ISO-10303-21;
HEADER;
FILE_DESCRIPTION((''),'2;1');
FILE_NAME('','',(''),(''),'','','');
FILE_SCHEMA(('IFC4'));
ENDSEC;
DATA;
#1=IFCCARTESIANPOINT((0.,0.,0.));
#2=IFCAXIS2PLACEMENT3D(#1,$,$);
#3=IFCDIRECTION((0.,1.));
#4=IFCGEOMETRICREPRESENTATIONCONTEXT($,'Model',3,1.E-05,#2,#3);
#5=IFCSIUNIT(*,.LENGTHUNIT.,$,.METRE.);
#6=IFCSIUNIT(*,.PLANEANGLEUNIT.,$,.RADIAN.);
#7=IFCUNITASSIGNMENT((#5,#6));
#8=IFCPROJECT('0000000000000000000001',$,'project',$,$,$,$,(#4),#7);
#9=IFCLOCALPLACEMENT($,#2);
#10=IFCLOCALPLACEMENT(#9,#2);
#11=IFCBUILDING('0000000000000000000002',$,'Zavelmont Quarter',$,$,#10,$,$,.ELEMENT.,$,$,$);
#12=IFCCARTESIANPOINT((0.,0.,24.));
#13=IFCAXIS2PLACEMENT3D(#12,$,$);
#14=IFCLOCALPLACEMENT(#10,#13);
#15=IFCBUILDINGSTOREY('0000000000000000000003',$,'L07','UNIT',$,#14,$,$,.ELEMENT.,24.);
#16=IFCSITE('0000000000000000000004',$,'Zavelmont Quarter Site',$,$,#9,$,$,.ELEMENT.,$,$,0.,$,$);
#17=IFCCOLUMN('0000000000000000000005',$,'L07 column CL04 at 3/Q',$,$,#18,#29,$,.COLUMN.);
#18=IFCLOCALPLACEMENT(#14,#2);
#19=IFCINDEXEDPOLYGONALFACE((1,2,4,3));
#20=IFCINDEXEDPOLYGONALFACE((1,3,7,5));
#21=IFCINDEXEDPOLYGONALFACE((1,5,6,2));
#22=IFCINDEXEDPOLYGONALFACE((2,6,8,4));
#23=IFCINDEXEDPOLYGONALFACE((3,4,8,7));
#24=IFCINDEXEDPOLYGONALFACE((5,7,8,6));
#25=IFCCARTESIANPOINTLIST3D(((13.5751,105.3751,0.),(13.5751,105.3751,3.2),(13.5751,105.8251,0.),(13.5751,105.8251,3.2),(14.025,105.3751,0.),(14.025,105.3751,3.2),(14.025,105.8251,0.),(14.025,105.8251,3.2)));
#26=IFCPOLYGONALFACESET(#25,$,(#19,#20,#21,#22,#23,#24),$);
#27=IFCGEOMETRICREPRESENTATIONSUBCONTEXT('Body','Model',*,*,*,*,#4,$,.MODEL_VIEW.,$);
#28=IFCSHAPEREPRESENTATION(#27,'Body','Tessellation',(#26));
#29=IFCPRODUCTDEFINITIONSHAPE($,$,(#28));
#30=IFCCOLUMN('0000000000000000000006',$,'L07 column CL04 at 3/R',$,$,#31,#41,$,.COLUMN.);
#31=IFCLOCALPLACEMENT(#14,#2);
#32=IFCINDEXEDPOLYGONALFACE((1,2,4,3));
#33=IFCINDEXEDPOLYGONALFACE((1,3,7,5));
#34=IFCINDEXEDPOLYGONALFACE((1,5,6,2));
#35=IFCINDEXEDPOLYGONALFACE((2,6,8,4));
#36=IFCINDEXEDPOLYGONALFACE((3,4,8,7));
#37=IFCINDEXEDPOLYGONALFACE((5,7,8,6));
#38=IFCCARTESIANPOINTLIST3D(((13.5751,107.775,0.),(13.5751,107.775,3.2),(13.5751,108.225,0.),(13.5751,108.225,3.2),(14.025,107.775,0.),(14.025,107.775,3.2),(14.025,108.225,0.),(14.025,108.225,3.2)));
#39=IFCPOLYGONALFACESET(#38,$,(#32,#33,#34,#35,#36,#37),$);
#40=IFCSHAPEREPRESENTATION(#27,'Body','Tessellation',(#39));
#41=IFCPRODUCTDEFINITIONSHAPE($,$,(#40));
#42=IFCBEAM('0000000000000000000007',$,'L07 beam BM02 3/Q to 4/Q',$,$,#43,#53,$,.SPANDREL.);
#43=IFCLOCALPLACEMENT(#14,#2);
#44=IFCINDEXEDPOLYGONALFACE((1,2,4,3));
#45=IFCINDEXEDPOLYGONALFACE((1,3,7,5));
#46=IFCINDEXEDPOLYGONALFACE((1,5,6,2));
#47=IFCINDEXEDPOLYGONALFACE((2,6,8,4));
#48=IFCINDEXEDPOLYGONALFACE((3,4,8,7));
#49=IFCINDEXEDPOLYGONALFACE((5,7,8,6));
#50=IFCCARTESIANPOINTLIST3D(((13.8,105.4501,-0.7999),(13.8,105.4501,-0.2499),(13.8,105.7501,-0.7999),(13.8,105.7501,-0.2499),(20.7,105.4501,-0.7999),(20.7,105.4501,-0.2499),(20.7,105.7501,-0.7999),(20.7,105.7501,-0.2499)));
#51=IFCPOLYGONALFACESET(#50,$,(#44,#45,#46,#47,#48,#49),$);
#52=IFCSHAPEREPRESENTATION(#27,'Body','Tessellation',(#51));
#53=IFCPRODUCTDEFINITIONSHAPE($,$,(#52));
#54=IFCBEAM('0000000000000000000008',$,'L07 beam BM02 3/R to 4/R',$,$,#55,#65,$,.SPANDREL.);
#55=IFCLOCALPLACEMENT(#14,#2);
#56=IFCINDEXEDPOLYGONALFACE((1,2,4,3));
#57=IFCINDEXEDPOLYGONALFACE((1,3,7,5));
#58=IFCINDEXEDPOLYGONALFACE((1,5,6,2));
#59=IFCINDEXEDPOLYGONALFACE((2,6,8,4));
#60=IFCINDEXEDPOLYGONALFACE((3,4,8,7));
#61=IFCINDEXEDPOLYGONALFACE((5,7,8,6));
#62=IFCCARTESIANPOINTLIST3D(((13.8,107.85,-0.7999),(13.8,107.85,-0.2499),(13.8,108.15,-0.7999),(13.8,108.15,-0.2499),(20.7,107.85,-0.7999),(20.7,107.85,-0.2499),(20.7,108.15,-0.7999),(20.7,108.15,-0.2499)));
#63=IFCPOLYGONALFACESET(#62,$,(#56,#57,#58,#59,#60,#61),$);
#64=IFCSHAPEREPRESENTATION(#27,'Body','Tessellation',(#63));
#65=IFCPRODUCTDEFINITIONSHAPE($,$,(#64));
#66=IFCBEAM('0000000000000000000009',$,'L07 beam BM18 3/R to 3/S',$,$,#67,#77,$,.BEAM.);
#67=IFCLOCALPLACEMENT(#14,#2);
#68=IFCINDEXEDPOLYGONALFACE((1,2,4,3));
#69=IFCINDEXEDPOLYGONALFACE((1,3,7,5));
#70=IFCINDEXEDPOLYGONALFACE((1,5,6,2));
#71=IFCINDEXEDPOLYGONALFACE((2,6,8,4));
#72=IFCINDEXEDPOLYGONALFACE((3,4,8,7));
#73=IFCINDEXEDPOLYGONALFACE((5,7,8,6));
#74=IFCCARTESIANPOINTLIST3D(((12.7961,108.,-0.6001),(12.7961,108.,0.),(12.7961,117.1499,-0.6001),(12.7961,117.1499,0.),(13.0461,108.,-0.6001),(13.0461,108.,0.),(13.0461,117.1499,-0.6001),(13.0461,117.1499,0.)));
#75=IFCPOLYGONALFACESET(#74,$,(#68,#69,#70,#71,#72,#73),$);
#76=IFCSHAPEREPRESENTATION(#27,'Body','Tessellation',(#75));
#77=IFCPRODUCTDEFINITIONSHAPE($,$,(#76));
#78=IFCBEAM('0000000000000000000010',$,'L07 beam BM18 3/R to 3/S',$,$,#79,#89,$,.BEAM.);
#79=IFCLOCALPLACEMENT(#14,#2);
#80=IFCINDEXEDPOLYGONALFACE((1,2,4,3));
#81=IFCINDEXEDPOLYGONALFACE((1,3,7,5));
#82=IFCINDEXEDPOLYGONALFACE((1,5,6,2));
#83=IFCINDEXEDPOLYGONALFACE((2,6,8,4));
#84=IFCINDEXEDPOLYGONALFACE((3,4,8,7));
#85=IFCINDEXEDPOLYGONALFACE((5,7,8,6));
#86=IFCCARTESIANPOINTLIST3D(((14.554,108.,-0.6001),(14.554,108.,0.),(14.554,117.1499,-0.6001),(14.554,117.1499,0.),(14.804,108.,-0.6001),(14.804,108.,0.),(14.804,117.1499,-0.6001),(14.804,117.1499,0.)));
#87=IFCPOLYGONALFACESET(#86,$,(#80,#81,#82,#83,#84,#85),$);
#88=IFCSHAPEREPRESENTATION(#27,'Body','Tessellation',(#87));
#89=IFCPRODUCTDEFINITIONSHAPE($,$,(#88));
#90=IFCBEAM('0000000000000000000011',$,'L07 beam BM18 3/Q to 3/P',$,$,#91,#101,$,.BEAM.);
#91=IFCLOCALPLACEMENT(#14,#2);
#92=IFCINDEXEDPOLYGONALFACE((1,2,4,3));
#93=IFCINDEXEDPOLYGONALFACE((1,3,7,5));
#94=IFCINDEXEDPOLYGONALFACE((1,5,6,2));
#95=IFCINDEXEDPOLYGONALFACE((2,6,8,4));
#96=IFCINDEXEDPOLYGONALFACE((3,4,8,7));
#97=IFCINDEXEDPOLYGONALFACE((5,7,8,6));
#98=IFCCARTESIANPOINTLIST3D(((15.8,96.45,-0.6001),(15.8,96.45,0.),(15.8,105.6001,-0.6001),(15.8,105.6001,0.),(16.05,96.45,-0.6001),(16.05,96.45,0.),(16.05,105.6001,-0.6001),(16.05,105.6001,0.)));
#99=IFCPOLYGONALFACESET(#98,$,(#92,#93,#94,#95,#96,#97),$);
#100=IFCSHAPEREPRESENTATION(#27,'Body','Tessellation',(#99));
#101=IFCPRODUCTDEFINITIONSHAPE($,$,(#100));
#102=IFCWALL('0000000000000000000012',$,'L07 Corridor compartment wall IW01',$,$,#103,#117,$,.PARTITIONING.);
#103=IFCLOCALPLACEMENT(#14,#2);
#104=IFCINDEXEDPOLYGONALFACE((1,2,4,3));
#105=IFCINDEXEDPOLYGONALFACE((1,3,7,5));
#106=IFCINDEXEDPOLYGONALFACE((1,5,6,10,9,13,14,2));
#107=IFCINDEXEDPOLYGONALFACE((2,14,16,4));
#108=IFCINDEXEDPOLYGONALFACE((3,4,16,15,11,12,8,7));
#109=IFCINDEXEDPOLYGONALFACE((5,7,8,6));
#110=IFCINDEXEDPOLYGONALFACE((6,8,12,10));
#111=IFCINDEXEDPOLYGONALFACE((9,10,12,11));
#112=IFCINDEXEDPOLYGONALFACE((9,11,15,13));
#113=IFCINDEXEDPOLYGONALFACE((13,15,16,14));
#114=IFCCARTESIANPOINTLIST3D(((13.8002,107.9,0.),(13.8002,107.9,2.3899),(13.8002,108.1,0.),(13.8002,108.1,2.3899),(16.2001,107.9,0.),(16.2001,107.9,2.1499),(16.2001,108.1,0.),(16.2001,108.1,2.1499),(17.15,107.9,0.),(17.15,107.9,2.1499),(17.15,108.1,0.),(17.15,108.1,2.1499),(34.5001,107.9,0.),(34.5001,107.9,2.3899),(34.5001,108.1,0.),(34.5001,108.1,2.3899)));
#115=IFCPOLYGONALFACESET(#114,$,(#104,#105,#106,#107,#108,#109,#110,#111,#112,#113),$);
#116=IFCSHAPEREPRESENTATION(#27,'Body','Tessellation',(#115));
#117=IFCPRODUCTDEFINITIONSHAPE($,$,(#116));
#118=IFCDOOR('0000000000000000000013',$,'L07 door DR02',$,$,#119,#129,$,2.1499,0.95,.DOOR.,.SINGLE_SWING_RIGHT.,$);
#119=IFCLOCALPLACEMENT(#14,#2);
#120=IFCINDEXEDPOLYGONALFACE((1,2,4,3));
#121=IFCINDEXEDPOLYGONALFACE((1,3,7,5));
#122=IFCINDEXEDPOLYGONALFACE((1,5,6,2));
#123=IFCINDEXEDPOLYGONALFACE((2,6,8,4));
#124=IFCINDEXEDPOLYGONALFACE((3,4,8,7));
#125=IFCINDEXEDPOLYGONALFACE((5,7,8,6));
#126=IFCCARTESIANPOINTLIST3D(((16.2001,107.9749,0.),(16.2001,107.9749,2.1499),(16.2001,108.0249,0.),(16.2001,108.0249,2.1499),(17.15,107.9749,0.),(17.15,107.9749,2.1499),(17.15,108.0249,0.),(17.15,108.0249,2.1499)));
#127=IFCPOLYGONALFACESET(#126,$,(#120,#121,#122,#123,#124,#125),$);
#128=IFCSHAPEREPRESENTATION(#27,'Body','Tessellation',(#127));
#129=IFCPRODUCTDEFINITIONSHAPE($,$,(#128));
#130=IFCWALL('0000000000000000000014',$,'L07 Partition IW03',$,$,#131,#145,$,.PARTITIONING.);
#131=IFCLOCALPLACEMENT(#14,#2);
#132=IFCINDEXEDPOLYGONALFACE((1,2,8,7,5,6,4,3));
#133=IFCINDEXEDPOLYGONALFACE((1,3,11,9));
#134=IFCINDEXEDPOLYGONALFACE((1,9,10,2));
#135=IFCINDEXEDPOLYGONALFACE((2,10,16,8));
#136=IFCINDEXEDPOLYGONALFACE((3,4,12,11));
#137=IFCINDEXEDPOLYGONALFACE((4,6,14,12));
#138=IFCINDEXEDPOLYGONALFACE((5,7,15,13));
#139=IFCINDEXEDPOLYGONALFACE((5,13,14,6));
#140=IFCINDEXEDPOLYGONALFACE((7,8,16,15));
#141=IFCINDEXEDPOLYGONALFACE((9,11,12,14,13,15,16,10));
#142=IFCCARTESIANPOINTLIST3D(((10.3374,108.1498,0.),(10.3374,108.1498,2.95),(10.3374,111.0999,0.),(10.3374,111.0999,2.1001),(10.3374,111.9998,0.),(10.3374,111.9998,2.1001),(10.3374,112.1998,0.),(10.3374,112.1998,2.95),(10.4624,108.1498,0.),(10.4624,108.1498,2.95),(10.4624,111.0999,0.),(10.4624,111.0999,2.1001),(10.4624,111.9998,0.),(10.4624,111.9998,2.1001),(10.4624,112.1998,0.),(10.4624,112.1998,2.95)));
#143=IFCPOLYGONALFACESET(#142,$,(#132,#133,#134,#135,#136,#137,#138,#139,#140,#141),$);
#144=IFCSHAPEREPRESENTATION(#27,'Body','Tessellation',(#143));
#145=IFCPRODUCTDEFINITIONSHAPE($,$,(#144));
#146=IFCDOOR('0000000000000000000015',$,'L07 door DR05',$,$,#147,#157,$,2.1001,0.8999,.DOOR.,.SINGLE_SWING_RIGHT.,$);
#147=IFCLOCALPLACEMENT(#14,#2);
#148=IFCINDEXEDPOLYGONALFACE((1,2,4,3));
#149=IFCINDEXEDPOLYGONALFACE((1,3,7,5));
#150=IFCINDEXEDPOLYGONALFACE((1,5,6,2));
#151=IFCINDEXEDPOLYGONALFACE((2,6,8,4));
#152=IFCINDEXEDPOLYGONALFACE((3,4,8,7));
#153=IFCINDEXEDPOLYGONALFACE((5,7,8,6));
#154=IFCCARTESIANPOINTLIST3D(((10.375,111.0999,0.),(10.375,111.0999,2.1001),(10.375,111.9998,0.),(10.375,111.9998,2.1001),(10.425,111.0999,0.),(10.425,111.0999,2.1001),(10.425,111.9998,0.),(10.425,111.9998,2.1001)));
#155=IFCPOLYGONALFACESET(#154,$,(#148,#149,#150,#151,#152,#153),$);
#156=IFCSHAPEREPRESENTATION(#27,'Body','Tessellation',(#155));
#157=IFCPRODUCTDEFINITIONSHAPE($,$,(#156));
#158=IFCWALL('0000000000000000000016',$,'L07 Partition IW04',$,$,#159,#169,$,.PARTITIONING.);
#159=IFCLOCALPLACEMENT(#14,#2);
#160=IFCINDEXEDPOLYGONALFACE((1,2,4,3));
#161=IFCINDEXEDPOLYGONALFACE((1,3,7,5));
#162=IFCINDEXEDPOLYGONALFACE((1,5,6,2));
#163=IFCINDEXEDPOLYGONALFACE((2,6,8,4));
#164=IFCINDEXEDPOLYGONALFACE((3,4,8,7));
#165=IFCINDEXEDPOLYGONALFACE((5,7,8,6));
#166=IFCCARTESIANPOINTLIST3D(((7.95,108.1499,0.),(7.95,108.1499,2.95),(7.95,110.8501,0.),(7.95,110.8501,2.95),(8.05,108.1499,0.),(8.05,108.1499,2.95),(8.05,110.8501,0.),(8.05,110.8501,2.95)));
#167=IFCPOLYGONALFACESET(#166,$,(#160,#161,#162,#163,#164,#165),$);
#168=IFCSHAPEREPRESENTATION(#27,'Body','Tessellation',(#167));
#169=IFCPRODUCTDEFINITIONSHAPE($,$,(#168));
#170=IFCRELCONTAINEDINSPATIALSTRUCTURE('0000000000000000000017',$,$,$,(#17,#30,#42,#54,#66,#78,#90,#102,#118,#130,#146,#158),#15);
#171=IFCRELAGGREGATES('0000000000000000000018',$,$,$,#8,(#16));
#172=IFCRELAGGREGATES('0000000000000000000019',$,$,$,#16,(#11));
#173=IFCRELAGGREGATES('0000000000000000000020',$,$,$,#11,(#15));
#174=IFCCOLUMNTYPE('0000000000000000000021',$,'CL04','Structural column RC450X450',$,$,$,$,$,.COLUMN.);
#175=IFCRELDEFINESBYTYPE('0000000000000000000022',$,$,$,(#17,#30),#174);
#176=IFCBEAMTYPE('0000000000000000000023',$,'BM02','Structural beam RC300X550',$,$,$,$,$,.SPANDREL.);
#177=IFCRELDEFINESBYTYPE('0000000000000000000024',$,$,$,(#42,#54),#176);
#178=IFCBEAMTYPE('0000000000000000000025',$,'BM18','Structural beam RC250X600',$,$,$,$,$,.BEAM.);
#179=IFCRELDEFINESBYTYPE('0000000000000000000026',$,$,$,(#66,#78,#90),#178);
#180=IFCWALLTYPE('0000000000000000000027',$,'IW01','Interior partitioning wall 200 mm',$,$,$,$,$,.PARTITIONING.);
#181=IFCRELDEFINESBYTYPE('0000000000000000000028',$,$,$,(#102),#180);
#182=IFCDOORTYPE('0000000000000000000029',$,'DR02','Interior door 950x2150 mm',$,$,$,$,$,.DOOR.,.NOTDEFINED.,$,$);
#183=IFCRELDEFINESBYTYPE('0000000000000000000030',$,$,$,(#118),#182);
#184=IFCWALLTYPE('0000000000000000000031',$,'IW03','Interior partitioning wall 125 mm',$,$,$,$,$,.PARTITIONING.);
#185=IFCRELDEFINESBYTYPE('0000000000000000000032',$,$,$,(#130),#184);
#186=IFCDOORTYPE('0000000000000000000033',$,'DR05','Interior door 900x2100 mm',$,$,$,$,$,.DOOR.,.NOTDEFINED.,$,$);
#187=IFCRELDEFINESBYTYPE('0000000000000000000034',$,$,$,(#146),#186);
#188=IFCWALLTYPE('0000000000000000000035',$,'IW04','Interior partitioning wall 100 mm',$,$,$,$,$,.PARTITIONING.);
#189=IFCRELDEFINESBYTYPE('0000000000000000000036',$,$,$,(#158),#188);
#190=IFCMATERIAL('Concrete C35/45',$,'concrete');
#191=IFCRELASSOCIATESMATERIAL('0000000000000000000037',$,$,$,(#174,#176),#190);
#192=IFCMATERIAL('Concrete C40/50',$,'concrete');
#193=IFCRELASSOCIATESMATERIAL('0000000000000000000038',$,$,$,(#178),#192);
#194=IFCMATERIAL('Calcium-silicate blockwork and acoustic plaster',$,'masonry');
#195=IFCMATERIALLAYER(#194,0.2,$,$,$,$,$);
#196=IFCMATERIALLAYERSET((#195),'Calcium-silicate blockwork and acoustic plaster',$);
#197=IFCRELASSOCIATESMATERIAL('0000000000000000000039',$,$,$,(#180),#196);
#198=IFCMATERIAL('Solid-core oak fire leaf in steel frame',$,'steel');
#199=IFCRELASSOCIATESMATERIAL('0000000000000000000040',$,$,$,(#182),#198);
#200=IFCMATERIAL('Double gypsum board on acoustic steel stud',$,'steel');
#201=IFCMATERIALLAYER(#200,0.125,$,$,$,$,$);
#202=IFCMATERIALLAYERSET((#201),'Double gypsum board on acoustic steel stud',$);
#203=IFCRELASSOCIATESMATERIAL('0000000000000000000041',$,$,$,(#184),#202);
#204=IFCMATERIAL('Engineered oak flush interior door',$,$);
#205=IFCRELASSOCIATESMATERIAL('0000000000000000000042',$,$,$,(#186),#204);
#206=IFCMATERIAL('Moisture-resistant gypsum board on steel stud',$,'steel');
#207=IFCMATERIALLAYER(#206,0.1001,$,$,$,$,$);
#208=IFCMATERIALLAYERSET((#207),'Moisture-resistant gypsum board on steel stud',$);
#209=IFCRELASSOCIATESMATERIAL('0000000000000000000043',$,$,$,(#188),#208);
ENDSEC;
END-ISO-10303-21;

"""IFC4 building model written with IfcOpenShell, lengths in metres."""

from ifc_helpers import new_model, si_unit, direction, frame, frame_2d, origin, origin_with_axes, origin_2d, place, context, subcontext, project, spatial, rectangle, extrude, material, layer, layer_set, material_profile, profile_set, type_object, element, fill, save


model = new_model("IFC4")

# Units and contexts
model_context = context("Model", 3, precision=1e-05, world=origin(), true_north=direction((0.0, 1.0)))
body_context = subcontext(model_context, "Body", "Model", "MODEL_VIEW")
ifc_project = project(units=[si_unit("LENGTHUNIT", "METRE"), si_unit("PLANEANGLEUNIT", "RADIAN")], contexts=[model_context])

# Site, building, storey
site_placement = place(None, origin())
site = spatial("IfcSite", under=ifc_project, at=site_placement, Name="Zavelmont Quarter Site", CompositionType="ELEMENT", RefElevation=0.0)
building_placement = place(site_placement, origin())
building = spatial("IfcBuilding", under=site, at=building_placement, Name="Zavelmont Quarter", CompositionType="ELEMENT")
storey_placement = place(building_placement, frame((0.0, 0.0, 24.0)))
storey = spatial("IfcBuildingStorey", under=building, at=storey_placement, Name="L07", Description="UNIT", CompositionType="ELEMENT", Elevation=24.0)

# Columns
ifc_material_1 = material(Name="Concrete C35/45", Category="concrete")
ifc_material_profile_1 = material_profile(ifc_material_1, rectangle(XDim=0.45, YDim=0.45, at=origin_2d()), Name="RC450X450")
ifc_profile_set_1 = profile_set([ifc_material_profile_1], Name="Concrete C35/45")
column_type = type_object("IfcColumnType", Name="CL04", Description="Structural column RC450X450", PredefinedType="COLUMN", material=ifc_profile_set_1)
for number, where, z_axis, x_axis, name in (
    (1, (13.8, 105.6001, 0.0), (0.0, 0.0, 1.0), (1.0, 0.0, 0.0), "L07 column CL04 at 3/Q"),
    (2, (13.8, 108.0, 0.0), (0.0, 0.0, 1.0), (1.0, 0.0, 0.0), "L07 column CL04 at 3/R"),
):
    element("IfcColumn", number, at=place(storey_placement, frame(where, z_axis=z_axis, x_axis=x_axis)), inside=storey, type_object=column_type, Name=name, PredefinedType="COLUMN", context=body_context, shape_type="SweptSolid", body=[
        extrude(rectangle(XDim=0.45, YDim=0.45, at=origin_2d()), origin(), (0.0, 0.0, 1.0), 3.2),
    ])

# Beams
ifc_material_profile_2 = material_profile(ifc_material_1, rectangle(XDim=0.3, YDim=0.55, at=origin_2d()), Name="RC300X550")
ifc_profile_set_2 = profile_set([ifc_material_profile_2], Name="Concrete C35/45")
beam_type_1 = type_object("IfcBeamType", Name="BM02", Description="Structural beam RC300X550", PredefinedType="SPANDREL", material=ifc_profile_set_2)
for number, where, z_axis, x_axis, name in (
    (3, (13.8, 105.6001, -0.5249), (1.0, 0.0, 0.0), (0.0, 1.0, 0.0), "L07 beam BM02 3/Q to 4/Q"),
    (4, (13.8, 108.0, -0.5249), (1.0, 0.0, 0.0), (0.0, 1.0, 0.0), "L07 beam BM02 3/R to 4/R"),
):
    element("IfcBeam", number, at=place(storey_placement, frame(where, z_axis=z_axis, x_axis=x_axis)), inside=storey, type_object=beam_type_1, Name=name, PredefinedType="SPANDREL", context=body_context, shape_type="SweptSolid", body=[
        extrude(rectangle(XDim=0.3, YDim=0.55, at=origin_2d()), origin(), (0.0, 0.0, 1.0), 6.8999),
    ])
ifc_material_2 = material(Name="Concrete C40/50", Category="concrete")
ifc_material_profile_3 = material_profile(ifc_material_2, rectangle(XDim=0.25, YDim=0.6001, at=origin_2d()), Name="RC250X600")
ifc_profile_set_3 = profile_set([ifc_material_profile_3], Name="Concrete C40/50")
beam_type_2 = type_object("IfcBeamType", Name="BM18", Description="Structural beam RC250X600", PredefinedType="BEAM", material=ifc_profile_set_3)
for number, where, z_axis, x_axis, name in (
    (5, (12.9211, 108.0, -0.3), (0.0, 1.0, 0.0), (-1.0, 0.0, 0.0), "L07 beam BM18 3/R to 3/S"),
    (6, (14.679, 108.0, -0.3), (0.0, 1.0, 0.0), (-1.0, 0.0, 0.0), "L07 beam BM18 3/R to 3/S"),
):
    element("IfcBeam", number, at=place(storey_placement, frame(where, z_axis=z_axis, x_axis=x_axis)), inside=storey, type_object=beam_type_2, Name=name, PredefinedType="BEAM", context=body_context, shape_type="SweptSolid", body=[
        extrude(rectangle(XDim=0.25, YDim=0.6001, at=origin_2d()), origin(), (0.0, 0.0, 1.0), 9.1499),
    ])
beam_placement = place(storey_placement, frame((15.925, 105.6001, -0.3), z_axis=(0.0, -1.0, 0.0), x_axis=(1.0, 0.0, 0.0)))
element("IfcBeam", 7, at=beam_placement, inside=storey, type_object=beam_type_2, Name="L07 beam BM18 3/Q to 3/P", PredefinedType="BEAM", context=body_context, shape_type="SweptSolid", body=[
    extrude(rectangle(XDim=0.25, YDim=0.6001, at=origin_2d()), origin(), (0.0, 0.0, 1.0), 9.1501),
])

# Wall, opening, door
ifc_material_3 = material(Name="Calcium-silicate blockwork and acoustic plaster", Category="masonry")
ifc_layer_1 = layer(ifc_material_3, 0.2)
ifc_layer_set_1 = layer_set([ifc_layer_1], Name="Calcium-silicate blockwork and acoustic plaster")
wall_type_1 = type_object("IfcWallType", Name="IW01", Description="Interior partitioning wall 200 mm", PredefinedType="PARTITIONING", material=ifc_layer_set_1)
wall_1_placement = place(storey_placement, frame((13.8, 108.0, 0.0), z_axis=(0.0, 0.0, 1.0), x_axis=(1.0, 0.0, 0.0)))
wall_1 = element("IfcWall", 8, at=wall_1_placement, inside=storey, type_object=wall_type_1, Name="L07 Corridor compartment wall IW01", PredefinedType="PARTITIONING", context=body_context, shape_type="SweptSolid", body=[
    extrude(rectangle(XDim=20.7, YDim=0.2, at=frame_2d((10.3501, 0.0))), origin(), (0.0, 0.0, 1.0), 2.3899),
])
opening_1_placement = place(wall_1_placement, frame((2.3999, 0.0, 0.0)))
opening_1 = element("IfcOpeningElement", 9, at=opening_1_placement, cuts=wall_1, PredefinedType="OPENING", context=body_context, shape_type="SweptSolid", body=[
    extrude(rectangle(XDim=0.95, YDim=2.1499, at=frame_2d((0.4751, 1.075))), frame((0.0, 0.1118, 0.0), z_axis=(0.0, -1.0, 0.0), x_axis=(1.0, 0.0, 0.0)), (0.0, 0.0, 1.0), 0.2239),
])
ifc_material_4 = material(Name="Solid-core oak fire leaf in steel frame", Category="steel")
door_type_1 = type_object("IfcDoorType", Name="DR02", Description="Interior door 950x2150 mm", OperationType="NOTDEFINED", PredefinedType="DOOR", material=ifc_material_4)
door_1_placement = place(opening_1_placement, origin_with_axes())
door_1 = element("IfcDoor", 10, at=door_1_placement, inside=storey, type_object=door_type_1, Name="L07 door DR02", OperationType="SINGLE_SWING_RIGHT", OverallHeight=2.1499, OverallWidth=0.95, PredefinedType="DOOR", context=body_context, shape_type="SweptSolid", body=[
    extrude(rectangle(XDim=0.95, YDim=2.1499, at=frame_2d((0.4751, 1.075))), frame((0.0, 0.0249, 0.0), z_axis=(0.0, -1.0, 0.0), x_axis=(1.0, 0.0, 0.0)), (0.0, 0.0, 1.0), 0.05),
])
fill(opening_1, door_1)

# Wall, opening, door
ifc_material_5 = material(Name="Double gypsum board on acoustic steel stud", Category="steel")
ifc_layer_2 = layer(ifc_material_5, 0.125)
ifc_layer_set_2 = layer_set([ifc_layer_2], Name="Double gypsum board on acoustic steel stud")
wall_type_2 = type_object("IfcWallType", Name="IW03", Description="Interior partitioning wall 125 mm", PredefinedType="PARTITIONING", material=ifc_layer_set_2)
wall_2_placement = place(storey_placement, frame((10.3999, 108.1499, 0.0), z_axis=(0.0, 0.0, 1.0), x_axis=(0.0, 1.0, 0.0)))
wall_2 = element("IfcWall", 11, at=wall_2_placement, inside=storey, type_object=wall_type_2, Name="L07 Partition IW03", PredefinedType="PARTITIONING", context=body_context, shape_type="SweptSolid", body=[
    extrude(rectangle(XDim=4.05, YDim=0.125, at=frame_2d((2.0249, 0.0))), origin(), (0.0, 0.0, 1.0), 2.95),
])
opening_2_placement = place(wall_2_placement, frame((2.95, 0.0, 0.0)))
opening_2 = element("IfcOpeningElement", 12, at=opening_2_placement, cuts=wall_2, PredefinedType="OPENING", context=body_context, shape_type="SweptSolid", body=[
    extrude(rectangle(XDim=0.8999, YDim=2.1001, at=frame_2d((0.45, 1.05))), frame((0.0, 0.0745, 0.0), z_axis=(0.0, -1.0, 0.0), x_axis=(1.0, 0.0, 0.0)), (0.0, 0.0, 1.0), 0.1489),
])
ifc_material_6 = material(Name="Engineered oak flush interior door")
door_type_2 = type_object("IfcDoorType", Name="DR05", Description="Interior door 900x2100 mm", OperationType="NOTDEFINED", PredefinedType="DOOR", material=ifc_material_6)
door_2_placement = place(opening_2_placement, origin_with_axes())
door_2 = element("IfcDoor", 13, at=door_2_placement, inside=storey, type_object=door_type_2, Name="L07 door DR05", OperationType="SINGLE_SWING_RIGHT", OverallHeight=2.1001, OverallWidth=0.8999, PredefinedType="DOOR", context=body_context, shape_type="SweptSolid", body=[
    extrude(rectangle(XDim=0.8999, YDim=2.1001, at=frame_2d((0.45, 1.05))), frame((0.0, 0.0249, 0.0), z_axis=(0.0, -1.0, 0.0), x_axis=(1.0, 0.0, 0.0)), (0.0, 0.0, 1.0), 0.05),
])
fill(opening_2, door_2)

# Wall
ifc_material_7 = material(Name="Moisture-resistant gypsum board on steel stud", Category="steel")
ifc_layer_3 = layer(ifc_material_7, 0.1001)
ifc_layer_set_3 = layer_set([ifc_layer_3], Name="Moisture-resistant gypsum board on steel stud")
wall_type_3 = type_object("IfcWallType", Name="IW04", Description="Interior partitioning wall 100 mm", PredefinedType="PARTITIONING", material=ifc_layer_set_3)
wall_3_placement = place(storey_placement, frame((8.0, 108.1499, 0.0), z_axis=(0.0, 0.0, 1.0), x_axis=(0.0, 1.0, 0.0)))
element("IfcWall", 14, at=wall_3_placement, inside=storey, type_object=wall_type_3, Name="L07 Partition IW04", PredefinedType="PARTITIONING", context=body_context, shape_type="SweptSolid", body=[
    extrude(rectangle(XDim=2.7002, YDim=0.1001, at=frame_2d((1.3501, 0.0))), origin(), (0.0, 0.0, 1.0), 2.95),
])

save(model, "model.ifc")
